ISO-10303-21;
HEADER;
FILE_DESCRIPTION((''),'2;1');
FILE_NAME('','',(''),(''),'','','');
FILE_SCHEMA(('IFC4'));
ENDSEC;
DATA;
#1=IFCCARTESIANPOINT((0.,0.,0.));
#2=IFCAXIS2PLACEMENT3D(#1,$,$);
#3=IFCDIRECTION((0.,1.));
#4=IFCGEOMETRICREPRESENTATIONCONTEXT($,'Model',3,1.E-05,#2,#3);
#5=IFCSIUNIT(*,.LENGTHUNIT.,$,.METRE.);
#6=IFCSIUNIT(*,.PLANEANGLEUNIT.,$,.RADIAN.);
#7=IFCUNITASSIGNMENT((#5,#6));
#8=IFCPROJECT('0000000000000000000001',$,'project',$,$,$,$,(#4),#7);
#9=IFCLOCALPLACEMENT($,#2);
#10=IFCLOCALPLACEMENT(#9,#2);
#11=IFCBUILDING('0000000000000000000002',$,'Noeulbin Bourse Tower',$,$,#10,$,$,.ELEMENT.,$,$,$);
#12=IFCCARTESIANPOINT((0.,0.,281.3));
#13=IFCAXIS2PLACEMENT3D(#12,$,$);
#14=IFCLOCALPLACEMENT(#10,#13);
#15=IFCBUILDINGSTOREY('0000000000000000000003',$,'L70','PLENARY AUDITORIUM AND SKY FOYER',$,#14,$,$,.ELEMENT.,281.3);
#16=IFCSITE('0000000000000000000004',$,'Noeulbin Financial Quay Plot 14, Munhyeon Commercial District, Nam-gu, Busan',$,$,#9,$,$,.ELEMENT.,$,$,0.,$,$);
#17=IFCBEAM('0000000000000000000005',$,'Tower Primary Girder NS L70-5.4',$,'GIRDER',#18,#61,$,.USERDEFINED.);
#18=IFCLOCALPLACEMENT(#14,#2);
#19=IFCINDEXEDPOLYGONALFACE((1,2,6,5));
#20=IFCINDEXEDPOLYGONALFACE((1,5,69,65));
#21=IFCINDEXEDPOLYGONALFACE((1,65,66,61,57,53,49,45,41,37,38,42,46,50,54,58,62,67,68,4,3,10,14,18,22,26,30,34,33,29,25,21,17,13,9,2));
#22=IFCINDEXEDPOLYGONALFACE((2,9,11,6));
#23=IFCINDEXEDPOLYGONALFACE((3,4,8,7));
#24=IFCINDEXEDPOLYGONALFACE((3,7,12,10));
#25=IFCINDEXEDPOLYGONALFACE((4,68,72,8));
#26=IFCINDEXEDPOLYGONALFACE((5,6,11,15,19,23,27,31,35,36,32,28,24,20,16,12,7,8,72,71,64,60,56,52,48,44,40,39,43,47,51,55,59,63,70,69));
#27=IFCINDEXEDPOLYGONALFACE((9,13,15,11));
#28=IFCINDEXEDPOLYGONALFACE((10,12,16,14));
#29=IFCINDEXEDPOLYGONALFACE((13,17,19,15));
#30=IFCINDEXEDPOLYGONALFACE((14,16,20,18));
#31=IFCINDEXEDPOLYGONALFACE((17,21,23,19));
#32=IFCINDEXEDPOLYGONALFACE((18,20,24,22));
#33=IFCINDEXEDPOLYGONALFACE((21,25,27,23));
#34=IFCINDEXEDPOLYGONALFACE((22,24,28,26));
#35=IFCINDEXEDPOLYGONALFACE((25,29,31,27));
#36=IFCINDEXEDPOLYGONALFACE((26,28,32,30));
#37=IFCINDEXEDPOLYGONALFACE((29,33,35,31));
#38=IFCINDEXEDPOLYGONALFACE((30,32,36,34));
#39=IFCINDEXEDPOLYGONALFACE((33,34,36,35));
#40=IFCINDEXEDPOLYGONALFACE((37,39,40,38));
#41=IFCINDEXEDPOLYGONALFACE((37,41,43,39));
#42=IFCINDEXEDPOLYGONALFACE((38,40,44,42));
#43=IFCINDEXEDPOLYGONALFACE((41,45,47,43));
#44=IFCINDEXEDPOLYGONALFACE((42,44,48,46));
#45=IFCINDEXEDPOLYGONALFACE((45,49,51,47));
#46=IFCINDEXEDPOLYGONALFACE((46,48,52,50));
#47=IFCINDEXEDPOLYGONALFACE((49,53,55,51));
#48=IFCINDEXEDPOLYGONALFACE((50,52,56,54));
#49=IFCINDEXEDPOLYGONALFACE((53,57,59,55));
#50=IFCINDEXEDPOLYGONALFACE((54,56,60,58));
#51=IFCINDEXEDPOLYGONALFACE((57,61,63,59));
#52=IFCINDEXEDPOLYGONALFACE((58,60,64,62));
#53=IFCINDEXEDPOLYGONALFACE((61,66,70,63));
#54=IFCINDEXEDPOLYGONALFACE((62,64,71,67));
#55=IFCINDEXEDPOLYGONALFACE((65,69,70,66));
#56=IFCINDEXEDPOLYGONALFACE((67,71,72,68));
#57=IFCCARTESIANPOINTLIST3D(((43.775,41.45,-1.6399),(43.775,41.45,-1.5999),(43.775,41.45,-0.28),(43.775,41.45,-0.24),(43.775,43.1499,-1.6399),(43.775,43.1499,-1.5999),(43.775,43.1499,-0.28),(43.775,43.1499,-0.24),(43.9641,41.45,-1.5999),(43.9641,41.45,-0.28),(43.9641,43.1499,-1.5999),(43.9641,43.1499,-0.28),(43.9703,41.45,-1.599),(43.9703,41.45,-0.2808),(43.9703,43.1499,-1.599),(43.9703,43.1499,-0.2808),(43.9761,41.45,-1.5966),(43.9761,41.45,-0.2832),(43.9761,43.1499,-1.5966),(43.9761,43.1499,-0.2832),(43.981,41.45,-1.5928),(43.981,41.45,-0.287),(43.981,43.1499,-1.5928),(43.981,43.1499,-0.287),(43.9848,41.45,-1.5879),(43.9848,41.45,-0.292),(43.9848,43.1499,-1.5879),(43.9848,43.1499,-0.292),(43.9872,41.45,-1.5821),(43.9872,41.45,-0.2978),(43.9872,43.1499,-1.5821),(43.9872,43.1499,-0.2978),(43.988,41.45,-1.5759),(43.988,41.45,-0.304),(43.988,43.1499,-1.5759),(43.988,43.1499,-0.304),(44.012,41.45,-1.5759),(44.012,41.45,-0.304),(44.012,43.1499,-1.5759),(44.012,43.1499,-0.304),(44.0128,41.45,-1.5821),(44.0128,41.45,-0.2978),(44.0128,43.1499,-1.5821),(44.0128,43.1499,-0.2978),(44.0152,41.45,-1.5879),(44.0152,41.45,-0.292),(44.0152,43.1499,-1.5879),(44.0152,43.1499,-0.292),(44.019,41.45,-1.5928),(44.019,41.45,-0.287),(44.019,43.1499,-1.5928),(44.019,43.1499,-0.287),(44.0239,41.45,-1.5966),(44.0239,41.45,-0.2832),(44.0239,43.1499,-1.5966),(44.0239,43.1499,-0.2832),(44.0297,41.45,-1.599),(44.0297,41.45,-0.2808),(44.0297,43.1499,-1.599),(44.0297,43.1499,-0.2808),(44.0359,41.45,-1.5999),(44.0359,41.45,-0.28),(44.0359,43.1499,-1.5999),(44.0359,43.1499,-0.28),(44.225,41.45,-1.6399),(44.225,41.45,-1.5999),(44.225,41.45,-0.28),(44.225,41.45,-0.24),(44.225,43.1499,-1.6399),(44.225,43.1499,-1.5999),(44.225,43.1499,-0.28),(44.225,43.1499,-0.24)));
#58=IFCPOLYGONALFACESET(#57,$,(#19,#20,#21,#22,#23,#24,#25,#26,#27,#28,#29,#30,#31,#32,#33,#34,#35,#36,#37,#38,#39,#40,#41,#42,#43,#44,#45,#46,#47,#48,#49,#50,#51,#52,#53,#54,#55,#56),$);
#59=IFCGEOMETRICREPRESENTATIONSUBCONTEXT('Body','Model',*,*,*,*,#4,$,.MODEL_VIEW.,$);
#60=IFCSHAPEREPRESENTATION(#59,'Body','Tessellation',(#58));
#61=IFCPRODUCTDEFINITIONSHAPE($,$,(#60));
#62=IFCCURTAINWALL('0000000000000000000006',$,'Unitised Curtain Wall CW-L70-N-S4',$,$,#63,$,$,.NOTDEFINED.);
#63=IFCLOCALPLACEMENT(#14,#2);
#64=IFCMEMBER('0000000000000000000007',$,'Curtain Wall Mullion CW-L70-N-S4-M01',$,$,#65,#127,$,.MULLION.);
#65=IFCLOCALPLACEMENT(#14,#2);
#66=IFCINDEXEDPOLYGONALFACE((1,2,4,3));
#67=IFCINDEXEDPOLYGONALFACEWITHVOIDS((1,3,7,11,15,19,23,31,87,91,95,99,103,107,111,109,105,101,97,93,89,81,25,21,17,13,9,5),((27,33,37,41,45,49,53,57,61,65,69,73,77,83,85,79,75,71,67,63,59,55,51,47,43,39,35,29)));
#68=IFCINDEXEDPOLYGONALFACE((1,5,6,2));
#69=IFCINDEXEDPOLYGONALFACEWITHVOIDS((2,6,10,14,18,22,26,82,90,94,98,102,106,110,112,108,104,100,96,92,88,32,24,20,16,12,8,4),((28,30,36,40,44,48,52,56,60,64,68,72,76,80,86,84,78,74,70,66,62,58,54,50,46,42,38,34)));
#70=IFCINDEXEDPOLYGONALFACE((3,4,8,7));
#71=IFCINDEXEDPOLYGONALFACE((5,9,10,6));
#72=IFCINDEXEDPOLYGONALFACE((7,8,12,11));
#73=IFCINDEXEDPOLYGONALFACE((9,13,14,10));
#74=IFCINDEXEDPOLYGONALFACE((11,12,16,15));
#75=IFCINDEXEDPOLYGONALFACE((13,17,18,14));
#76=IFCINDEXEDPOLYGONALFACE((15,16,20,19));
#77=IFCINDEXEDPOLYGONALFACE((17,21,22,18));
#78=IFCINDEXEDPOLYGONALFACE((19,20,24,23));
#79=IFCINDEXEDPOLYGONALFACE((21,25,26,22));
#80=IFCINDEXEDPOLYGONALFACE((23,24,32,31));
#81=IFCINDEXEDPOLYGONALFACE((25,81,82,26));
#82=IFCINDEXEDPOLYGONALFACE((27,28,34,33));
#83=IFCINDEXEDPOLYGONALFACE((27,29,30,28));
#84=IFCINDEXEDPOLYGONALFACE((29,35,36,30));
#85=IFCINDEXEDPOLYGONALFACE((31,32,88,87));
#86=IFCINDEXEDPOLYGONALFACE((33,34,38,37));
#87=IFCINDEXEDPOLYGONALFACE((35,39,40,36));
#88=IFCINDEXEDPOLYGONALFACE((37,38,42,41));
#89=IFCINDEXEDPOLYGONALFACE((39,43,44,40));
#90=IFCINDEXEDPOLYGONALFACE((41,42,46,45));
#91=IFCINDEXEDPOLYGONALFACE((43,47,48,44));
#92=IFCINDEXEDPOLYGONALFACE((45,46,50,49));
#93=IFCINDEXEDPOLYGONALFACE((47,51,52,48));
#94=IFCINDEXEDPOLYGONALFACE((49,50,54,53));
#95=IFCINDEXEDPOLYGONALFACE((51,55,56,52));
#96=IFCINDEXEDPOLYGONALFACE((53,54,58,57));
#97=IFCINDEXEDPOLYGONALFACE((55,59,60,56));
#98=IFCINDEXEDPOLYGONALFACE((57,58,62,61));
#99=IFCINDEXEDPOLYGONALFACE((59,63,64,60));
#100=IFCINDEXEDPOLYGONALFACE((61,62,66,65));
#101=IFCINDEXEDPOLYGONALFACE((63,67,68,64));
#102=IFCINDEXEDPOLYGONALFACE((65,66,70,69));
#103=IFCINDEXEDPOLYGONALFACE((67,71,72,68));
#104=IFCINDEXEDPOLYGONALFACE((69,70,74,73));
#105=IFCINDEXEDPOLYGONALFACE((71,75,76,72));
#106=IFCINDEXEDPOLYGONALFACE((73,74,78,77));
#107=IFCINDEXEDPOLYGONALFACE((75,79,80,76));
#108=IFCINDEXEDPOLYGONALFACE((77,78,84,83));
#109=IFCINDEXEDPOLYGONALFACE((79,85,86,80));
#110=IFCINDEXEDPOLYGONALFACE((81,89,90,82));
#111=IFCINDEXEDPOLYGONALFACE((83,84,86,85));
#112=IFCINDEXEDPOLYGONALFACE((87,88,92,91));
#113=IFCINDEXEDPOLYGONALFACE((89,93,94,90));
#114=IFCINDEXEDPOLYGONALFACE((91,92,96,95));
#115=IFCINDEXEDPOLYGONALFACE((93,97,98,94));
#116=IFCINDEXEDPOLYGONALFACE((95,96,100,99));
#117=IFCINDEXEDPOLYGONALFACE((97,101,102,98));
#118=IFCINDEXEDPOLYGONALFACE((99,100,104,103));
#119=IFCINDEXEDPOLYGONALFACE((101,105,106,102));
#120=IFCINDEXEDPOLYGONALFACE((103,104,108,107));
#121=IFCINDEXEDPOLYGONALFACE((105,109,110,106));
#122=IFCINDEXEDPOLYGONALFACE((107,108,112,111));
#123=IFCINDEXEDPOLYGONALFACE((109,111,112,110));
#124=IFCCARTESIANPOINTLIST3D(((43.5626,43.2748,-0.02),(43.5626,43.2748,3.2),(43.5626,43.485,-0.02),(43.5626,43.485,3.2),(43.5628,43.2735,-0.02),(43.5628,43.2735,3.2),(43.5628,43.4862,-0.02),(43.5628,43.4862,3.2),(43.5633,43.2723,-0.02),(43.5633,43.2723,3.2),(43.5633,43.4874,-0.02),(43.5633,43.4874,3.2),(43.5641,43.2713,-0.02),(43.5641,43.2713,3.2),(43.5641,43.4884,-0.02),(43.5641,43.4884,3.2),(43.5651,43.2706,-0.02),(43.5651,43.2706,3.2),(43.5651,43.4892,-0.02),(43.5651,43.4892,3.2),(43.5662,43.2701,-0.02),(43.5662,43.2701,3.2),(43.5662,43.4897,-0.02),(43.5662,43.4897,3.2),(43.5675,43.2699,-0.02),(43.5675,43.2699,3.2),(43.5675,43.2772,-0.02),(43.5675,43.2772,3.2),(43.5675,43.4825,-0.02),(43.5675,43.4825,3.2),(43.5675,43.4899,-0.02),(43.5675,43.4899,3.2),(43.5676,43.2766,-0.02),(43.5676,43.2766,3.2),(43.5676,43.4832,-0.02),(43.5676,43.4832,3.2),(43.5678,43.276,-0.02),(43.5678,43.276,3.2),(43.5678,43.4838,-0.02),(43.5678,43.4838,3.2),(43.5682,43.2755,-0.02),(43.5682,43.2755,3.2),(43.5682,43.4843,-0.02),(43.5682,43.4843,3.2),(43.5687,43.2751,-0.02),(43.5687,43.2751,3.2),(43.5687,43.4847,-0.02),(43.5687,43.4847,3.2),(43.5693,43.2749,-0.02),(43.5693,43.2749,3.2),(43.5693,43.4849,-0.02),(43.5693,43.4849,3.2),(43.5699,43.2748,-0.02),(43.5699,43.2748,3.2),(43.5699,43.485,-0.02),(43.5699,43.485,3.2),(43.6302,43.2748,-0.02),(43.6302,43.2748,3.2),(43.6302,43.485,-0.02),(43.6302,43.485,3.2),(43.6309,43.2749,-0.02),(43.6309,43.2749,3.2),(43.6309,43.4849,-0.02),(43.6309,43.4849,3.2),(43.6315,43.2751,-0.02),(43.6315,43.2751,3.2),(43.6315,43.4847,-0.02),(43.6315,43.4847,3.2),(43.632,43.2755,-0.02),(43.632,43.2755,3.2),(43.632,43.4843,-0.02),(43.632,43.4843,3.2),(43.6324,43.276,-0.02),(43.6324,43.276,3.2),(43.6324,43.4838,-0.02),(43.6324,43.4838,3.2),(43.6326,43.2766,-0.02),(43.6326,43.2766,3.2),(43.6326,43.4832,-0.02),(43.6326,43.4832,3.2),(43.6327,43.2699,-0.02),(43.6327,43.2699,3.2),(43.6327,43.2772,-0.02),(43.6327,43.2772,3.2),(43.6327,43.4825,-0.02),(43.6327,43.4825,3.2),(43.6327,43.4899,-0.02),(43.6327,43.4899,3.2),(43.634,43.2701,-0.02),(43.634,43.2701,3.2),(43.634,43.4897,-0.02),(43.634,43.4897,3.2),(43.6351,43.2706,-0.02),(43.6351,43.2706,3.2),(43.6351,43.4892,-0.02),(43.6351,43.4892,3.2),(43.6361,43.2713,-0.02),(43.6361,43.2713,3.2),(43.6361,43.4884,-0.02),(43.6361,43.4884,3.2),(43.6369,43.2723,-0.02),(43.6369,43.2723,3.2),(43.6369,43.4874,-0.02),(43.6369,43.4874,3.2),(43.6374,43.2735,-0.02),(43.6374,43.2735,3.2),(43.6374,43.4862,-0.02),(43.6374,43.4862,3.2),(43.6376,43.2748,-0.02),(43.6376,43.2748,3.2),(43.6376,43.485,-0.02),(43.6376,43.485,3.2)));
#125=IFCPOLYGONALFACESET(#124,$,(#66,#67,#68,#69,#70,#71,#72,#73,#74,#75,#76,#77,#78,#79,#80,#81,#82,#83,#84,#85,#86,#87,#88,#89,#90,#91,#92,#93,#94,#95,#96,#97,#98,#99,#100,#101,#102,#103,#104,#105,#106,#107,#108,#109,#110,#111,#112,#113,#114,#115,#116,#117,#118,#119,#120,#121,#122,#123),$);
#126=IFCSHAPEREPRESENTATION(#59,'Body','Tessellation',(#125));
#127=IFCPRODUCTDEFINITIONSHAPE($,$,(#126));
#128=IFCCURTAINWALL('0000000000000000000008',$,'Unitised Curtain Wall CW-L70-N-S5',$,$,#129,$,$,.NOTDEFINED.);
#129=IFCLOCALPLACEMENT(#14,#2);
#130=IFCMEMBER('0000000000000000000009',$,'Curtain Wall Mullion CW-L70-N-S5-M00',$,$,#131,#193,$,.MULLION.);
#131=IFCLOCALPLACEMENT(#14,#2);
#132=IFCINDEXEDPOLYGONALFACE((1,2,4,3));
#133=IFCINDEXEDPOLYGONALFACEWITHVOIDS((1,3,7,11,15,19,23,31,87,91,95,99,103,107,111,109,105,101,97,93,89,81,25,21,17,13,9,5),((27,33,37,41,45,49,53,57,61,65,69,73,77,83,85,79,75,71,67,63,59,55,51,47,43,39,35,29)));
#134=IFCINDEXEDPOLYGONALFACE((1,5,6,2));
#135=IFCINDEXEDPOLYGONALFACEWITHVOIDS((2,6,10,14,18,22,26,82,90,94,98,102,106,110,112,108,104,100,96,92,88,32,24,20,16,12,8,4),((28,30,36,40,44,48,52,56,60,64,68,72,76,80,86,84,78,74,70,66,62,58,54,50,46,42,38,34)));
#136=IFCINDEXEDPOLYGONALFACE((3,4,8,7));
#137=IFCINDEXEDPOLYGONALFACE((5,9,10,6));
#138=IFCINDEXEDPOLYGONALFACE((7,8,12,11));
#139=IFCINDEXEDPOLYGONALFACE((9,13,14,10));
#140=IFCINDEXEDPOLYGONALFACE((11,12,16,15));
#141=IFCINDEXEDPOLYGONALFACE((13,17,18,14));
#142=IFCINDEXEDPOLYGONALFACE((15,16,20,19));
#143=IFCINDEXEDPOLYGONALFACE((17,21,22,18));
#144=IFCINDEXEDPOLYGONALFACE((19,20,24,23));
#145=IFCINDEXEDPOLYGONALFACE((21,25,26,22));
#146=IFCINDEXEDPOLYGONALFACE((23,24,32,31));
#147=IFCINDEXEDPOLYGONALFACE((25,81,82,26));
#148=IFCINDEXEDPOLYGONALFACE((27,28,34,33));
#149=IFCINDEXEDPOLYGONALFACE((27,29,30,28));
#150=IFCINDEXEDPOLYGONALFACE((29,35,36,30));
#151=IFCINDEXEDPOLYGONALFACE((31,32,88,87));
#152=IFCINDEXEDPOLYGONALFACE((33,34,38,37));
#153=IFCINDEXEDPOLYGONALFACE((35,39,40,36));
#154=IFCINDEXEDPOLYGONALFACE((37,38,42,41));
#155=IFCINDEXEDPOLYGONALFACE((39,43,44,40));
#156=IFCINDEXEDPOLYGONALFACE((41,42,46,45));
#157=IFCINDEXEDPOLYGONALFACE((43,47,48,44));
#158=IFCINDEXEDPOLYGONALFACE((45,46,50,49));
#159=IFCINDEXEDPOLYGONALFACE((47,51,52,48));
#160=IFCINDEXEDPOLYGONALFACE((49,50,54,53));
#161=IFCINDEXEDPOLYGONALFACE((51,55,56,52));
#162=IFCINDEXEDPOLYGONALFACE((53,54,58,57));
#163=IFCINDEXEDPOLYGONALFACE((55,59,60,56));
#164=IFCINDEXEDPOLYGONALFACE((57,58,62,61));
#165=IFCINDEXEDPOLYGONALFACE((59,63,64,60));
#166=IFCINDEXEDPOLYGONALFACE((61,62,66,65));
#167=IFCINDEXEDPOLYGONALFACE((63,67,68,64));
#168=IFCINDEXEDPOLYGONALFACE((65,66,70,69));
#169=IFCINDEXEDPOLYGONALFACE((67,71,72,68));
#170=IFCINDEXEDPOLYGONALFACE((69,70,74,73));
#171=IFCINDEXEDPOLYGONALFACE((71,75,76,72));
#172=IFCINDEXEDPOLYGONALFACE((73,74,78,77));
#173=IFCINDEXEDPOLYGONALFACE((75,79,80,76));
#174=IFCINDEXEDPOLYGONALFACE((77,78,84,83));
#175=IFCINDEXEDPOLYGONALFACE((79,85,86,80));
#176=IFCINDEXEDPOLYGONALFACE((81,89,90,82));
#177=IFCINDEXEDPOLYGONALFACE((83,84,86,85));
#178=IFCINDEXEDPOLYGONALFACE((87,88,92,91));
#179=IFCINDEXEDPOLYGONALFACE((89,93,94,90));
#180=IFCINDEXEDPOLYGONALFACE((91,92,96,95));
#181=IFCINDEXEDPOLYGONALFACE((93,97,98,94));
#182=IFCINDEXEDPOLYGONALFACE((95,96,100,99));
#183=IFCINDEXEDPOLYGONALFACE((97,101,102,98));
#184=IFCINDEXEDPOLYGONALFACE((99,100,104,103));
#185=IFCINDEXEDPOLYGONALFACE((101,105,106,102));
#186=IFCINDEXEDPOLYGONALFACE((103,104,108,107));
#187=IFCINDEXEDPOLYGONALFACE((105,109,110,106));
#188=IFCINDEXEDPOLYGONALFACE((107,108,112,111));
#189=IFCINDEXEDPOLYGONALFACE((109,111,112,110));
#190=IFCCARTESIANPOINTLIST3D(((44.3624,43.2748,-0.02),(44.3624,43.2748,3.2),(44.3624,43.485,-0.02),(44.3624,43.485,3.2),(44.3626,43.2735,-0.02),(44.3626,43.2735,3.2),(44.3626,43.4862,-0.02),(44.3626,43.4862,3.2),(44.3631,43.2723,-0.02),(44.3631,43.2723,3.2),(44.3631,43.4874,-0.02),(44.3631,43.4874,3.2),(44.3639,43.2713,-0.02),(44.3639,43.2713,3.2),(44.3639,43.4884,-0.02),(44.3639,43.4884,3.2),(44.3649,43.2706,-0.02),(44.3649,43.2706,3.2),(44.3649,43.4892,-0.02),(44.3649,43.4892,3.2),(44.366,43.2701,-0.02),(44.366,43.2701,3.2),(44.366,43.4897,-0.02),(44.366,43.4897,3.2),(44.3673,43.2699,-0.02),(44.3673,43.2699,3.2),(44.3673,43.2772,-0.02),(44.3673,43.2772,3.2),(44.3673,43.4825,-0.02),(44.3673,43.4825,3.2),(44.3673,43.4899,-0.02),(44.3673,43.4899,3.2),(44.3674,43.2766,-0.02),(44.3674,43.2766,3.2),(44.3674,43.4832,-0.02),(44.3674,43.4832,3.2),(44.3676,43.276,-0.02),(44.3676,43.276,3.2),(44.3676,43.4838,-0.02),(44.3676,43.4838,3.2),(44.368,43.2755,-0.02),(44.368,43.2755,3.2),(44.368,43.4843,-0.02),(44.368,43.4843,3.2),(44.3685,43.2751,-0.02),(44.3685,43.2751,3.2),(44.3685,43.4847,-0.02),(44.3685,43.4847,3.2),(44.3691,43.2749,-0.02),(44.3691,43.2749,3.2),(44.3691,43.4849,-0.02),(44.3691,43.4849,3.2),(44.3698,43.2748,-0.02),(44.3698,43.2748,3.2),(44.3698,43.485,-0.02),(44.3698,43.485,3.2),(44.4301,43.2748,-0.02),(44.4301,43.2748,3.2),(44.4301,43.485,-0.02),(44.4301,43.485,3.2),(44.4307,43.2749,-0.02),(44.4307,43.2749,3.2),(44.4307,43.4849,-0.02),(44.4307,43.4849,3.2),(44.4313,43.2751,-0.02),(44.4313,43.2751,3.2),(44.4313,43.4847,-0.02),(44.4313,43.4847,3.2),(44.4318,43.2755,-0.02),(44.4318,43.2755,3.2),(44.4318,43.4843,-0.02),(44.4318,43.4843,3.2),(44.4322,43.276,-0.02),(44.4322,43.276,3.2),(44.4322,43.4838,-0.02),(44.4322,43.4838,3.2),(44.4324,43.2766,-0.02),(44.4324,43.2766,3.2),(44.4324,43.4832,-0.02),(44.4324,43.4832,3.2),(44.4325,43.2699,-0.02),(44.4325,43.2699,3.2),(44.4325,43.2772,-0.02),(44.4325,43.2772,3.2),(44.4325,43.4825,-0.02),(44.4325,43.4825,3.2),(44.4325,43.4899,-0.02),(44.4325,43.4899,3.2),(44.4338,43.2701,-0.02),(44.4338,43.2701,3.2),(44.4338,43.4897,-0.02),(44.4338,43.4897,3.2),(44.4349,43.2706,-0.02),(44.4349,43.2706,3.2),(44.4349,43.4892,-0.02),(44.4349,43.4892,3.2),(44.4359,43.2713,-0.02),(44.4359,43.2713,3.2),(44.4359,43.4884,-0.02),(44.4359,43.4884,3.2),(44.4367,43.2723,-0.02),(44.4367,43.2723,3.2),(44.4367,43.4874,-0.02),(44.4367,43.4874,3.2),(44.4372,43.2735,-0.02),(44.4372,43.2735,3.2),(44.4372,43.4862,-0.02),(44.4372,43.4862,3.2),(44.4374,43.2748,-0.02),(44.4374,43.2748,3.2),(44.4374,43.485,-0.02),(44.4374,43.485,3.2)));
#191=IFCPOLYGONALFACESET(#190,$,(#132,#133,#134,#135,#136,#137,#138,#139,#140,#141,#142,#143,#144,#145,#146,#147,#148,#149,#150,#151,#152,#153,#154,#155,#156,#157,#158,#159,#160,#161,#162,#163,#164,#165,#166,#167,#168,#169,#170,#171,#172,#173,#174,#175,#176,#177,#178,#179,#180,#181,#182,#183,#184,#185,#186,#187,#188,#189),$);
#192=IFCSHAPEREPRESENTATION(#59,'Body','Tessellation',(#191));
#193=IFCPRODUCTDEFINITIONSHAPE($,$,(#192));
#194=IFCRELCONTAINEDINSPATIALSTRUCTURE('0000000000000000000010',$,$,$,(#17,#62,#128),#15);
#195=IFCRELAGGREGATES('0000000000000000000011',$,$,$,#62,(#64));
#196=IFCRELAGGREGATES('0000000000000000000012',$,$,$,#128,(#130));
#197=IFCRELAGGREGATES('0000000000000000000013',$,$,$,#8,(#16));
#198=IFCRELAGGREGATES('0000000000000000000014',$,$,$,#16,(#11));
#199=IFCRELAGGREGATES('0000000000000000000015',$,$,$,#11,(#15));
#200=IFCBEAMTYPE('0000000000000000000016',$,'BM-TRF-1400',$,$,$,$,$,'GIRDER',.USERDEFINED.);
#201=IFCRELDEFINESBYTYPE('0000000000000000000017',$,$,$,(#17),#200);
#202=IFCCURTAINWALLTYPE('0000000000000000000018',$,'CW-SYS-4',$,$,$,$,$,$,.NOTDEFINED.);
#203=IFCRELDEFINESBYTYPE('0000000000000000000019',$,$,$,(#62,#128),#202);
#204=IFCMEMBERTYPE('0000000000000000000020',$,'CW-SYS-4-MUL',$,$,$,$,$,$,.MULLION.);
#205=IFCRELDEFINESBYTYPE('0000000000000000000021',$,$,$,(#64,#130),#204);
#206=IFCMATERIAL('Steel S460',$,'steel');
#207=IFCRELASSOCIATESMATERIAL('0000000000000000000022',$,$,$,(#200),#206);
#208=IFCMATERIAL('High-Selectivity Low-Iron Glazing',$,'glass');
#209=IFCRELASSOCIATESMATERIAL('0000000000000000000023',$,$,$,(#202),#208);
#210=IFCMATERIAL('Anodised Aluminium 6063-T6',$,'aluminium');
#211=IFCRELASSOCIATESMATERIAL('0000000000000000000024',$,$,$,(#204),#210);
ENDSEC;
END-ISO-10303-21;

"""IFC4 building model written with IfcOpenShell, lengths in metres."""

from ifc_helpers import new_model, si_unit, direction, frame, origin, origin_2d, place, context, subcontext, project, spatial, hollow_rectangle, i_section, extrude, material, material_profile, profile_set, type_object, element, aggregate, save


model = new_model("IFC4")

# Units and contexts
model_context = context("Model", 3, precision=1e-05, world=origin(), true_north=direction((0.0, 1.0)))
body_context = subcontext(model_context, "Body", "Model", "MODEL_VIEW")
ifc_project = project(units=[si_unit("LENGTHUNIT", "METRE"), si_unit("PLANEANGLEUNIT", "RADIAN")], contexts=[model_context])

# Site, building, storey
site_placement = place(None, origin())
site = spatial("IfcSite", under=ifc_project, at=site_placement, Name="Noeulbin Financial Quay Plot 14, Munhyeon Commercial District, Nam-gu, Busan", CompositionType="ELEMENT", RefElevation=0.0)
building_placement = place(site_placement, origin())
building = spatial("IfcBuilding", under=site, at=building_placement, Name="Noeulbin Bourse Tower", CompositionType="ELEMENT")
storey_placement = place(building_placement, frame((0.0, 0.0, 281.3)))
storey = spatial("IfcBuildingStorey", under=building, at=storey_placement, Name="L70", Description="PLENARY AUDITORIUM AND SKY FOYER", CompositionType="ELEMENT", Elevation=281.3)

# Beam
ifc_material_1 = material(Name="Steel S460", Category="steel")
ifc_material_profile_1 = material_profile(ifc_material_1, i_section(OverallWidth=0.45, OverallDepth=1.3999, WebThickness=0.0239, FlangeThickness=0.04, FilletRadius=0.0239, at=origin_2d()), Name="PG-1400x450x24x40", Category="LoadBearing")
ifc_profile_set_1 = profile_set([ifc_material_profile_1], Name="Steel S460")
beam_type_1 = type_object("IfcBeamType", Name="BM-TRF-1400", ElementType="GIRDER", PredefinedType="USERDEFINED", material=ifc_profile_set_1)
beam_1_placement = place(storey_placement, frame((44.0, 41.45, -0.9399), z_axis=(0.0, 1.0, 0.0), x_axis=(-1.0, 0.0, 0.0)))
element("IfcBeam", 1, at=beam_1_placement, inside=storey, type_object=beam_type_1, Name="Tower Primary Girder NS L70-5.4", ObjectType="GIRDER", PredefinedType="USERDEFINED", context=body_context, shape_type="SweptSolid", body=[
    extrude(i_section(OverallWidth=0.45, OverallDepth=1.3999, WebThickness=0.0239, FlangeThickness=0.04, FilletRadius=0.0239, at=origin_2d()), origin(), (0.0, 0.0, 1.0), 1.7),
])

# Curtain wall, member
ifc_material_2 = material(Name="High-Selectivity Low-Iron Glazing", Category="glass")
curtain_wall_type = type_object("IfcCurtainWallType", Name="CW-SYS-4", PredefinedType="NOTDEFINED", material=ifc_material_2)
curtain_wall_1_placement = place(storey_placement, origin())
curtain_wall_1 = element("IfcCurtainWall", 2, at=curtain_wall_1_placement, inside=storey, type_object=curtain_wall_type, Name="Unitised Curtain Wall CW-L70-N-S4", PredefinedType="NOTDEFINED")
ifc_material_3 = material(Name="Anodised Aluminium 6063-T6", Category="aluminium")
ifc_material_profile_2 = material_profile(ifc_material_3, hollow_rectangle(XDim=0.075, YDim=0.22, WallThickness=0.0049, InnerFilletRadius=0.0024, OuterFilletRadius=0.0049, at=origin_2d()), Name="ALU-MULL-75x220x5", Category="LoadBearing")
ifc_profile_set_2 = profile_set([ifc_material_profile_2], Name="Anodised Aluminium 6063-T6")
member_type_1 = type_object("IfcMemberType", Name="CW-SYS-4-MUL", PredefinedType="MULLION", material=ifc_profile_set_2)
member_1_placement = place(storey_placement, frame((43.6001, 43.3799, -0.02), z_axis=(0.0, 0.0, 1.0), x_axis=(1.0, 0.0, 0.0)))
member_1 = element("IfcMember", 3, at=member_1_placement, type_object=member_type_1, Name="Curtain Wall Mullion CW-L70-N-S4-M01", PredefinedType="MULLION", context=body_context, shape_type="SweptSolid", body=[
    extrude(hollow_rectangle(XDim=0.075, YDim=0.22, WallThickness=0.0049, InnerFilletRadius=0.0024, OuterFilletRadius=0.0049, at=origin_2d()), origin(), (0.0, 0.0, 1.0), 3.22),
])
aggregate(curtain_wall_1, [member_1])

# Curtain wall, member
curtain_wall_2_placement = place(storey_placement, origin())
curtain_wall_2 = element("IfcCurtainWall", 4, at=curtain_wall_2_placement, inside=storey, type_object=curtain_wall_type, Name="Unitised Curtain Wall CW-L70-N-S5", PredefinedType="NOTDEFINED")
member_2_placement = place(storey_placement, frame((44.3999, 43.3799, -0.02), z_axis=(0.0, 0.0, 1.0), x_axis=(1.0, 0.0, 0.0)))
member_2 = element("IfcMember", 5, at=member_2_placement, type_object=member_type_1, Name="Curtain Wall Mullion CW-L70-N-S5-M00", PredefinedType="MULLION", context=body_context, shape_type="SweptSolid", body=[
    extrude(hollow_rectangle(XDim=0.075, YDim=0.22, WallThickness=0.0049, InnerFilletRadius=0.0024, OuterFilletRadius=0.0049, at=origin_2d()), origin(), (0.0, 0.0, 1.0), 3.22),
])

aggregate(curtain_wall_2, [member_2])

save(model, "model.ifc")
